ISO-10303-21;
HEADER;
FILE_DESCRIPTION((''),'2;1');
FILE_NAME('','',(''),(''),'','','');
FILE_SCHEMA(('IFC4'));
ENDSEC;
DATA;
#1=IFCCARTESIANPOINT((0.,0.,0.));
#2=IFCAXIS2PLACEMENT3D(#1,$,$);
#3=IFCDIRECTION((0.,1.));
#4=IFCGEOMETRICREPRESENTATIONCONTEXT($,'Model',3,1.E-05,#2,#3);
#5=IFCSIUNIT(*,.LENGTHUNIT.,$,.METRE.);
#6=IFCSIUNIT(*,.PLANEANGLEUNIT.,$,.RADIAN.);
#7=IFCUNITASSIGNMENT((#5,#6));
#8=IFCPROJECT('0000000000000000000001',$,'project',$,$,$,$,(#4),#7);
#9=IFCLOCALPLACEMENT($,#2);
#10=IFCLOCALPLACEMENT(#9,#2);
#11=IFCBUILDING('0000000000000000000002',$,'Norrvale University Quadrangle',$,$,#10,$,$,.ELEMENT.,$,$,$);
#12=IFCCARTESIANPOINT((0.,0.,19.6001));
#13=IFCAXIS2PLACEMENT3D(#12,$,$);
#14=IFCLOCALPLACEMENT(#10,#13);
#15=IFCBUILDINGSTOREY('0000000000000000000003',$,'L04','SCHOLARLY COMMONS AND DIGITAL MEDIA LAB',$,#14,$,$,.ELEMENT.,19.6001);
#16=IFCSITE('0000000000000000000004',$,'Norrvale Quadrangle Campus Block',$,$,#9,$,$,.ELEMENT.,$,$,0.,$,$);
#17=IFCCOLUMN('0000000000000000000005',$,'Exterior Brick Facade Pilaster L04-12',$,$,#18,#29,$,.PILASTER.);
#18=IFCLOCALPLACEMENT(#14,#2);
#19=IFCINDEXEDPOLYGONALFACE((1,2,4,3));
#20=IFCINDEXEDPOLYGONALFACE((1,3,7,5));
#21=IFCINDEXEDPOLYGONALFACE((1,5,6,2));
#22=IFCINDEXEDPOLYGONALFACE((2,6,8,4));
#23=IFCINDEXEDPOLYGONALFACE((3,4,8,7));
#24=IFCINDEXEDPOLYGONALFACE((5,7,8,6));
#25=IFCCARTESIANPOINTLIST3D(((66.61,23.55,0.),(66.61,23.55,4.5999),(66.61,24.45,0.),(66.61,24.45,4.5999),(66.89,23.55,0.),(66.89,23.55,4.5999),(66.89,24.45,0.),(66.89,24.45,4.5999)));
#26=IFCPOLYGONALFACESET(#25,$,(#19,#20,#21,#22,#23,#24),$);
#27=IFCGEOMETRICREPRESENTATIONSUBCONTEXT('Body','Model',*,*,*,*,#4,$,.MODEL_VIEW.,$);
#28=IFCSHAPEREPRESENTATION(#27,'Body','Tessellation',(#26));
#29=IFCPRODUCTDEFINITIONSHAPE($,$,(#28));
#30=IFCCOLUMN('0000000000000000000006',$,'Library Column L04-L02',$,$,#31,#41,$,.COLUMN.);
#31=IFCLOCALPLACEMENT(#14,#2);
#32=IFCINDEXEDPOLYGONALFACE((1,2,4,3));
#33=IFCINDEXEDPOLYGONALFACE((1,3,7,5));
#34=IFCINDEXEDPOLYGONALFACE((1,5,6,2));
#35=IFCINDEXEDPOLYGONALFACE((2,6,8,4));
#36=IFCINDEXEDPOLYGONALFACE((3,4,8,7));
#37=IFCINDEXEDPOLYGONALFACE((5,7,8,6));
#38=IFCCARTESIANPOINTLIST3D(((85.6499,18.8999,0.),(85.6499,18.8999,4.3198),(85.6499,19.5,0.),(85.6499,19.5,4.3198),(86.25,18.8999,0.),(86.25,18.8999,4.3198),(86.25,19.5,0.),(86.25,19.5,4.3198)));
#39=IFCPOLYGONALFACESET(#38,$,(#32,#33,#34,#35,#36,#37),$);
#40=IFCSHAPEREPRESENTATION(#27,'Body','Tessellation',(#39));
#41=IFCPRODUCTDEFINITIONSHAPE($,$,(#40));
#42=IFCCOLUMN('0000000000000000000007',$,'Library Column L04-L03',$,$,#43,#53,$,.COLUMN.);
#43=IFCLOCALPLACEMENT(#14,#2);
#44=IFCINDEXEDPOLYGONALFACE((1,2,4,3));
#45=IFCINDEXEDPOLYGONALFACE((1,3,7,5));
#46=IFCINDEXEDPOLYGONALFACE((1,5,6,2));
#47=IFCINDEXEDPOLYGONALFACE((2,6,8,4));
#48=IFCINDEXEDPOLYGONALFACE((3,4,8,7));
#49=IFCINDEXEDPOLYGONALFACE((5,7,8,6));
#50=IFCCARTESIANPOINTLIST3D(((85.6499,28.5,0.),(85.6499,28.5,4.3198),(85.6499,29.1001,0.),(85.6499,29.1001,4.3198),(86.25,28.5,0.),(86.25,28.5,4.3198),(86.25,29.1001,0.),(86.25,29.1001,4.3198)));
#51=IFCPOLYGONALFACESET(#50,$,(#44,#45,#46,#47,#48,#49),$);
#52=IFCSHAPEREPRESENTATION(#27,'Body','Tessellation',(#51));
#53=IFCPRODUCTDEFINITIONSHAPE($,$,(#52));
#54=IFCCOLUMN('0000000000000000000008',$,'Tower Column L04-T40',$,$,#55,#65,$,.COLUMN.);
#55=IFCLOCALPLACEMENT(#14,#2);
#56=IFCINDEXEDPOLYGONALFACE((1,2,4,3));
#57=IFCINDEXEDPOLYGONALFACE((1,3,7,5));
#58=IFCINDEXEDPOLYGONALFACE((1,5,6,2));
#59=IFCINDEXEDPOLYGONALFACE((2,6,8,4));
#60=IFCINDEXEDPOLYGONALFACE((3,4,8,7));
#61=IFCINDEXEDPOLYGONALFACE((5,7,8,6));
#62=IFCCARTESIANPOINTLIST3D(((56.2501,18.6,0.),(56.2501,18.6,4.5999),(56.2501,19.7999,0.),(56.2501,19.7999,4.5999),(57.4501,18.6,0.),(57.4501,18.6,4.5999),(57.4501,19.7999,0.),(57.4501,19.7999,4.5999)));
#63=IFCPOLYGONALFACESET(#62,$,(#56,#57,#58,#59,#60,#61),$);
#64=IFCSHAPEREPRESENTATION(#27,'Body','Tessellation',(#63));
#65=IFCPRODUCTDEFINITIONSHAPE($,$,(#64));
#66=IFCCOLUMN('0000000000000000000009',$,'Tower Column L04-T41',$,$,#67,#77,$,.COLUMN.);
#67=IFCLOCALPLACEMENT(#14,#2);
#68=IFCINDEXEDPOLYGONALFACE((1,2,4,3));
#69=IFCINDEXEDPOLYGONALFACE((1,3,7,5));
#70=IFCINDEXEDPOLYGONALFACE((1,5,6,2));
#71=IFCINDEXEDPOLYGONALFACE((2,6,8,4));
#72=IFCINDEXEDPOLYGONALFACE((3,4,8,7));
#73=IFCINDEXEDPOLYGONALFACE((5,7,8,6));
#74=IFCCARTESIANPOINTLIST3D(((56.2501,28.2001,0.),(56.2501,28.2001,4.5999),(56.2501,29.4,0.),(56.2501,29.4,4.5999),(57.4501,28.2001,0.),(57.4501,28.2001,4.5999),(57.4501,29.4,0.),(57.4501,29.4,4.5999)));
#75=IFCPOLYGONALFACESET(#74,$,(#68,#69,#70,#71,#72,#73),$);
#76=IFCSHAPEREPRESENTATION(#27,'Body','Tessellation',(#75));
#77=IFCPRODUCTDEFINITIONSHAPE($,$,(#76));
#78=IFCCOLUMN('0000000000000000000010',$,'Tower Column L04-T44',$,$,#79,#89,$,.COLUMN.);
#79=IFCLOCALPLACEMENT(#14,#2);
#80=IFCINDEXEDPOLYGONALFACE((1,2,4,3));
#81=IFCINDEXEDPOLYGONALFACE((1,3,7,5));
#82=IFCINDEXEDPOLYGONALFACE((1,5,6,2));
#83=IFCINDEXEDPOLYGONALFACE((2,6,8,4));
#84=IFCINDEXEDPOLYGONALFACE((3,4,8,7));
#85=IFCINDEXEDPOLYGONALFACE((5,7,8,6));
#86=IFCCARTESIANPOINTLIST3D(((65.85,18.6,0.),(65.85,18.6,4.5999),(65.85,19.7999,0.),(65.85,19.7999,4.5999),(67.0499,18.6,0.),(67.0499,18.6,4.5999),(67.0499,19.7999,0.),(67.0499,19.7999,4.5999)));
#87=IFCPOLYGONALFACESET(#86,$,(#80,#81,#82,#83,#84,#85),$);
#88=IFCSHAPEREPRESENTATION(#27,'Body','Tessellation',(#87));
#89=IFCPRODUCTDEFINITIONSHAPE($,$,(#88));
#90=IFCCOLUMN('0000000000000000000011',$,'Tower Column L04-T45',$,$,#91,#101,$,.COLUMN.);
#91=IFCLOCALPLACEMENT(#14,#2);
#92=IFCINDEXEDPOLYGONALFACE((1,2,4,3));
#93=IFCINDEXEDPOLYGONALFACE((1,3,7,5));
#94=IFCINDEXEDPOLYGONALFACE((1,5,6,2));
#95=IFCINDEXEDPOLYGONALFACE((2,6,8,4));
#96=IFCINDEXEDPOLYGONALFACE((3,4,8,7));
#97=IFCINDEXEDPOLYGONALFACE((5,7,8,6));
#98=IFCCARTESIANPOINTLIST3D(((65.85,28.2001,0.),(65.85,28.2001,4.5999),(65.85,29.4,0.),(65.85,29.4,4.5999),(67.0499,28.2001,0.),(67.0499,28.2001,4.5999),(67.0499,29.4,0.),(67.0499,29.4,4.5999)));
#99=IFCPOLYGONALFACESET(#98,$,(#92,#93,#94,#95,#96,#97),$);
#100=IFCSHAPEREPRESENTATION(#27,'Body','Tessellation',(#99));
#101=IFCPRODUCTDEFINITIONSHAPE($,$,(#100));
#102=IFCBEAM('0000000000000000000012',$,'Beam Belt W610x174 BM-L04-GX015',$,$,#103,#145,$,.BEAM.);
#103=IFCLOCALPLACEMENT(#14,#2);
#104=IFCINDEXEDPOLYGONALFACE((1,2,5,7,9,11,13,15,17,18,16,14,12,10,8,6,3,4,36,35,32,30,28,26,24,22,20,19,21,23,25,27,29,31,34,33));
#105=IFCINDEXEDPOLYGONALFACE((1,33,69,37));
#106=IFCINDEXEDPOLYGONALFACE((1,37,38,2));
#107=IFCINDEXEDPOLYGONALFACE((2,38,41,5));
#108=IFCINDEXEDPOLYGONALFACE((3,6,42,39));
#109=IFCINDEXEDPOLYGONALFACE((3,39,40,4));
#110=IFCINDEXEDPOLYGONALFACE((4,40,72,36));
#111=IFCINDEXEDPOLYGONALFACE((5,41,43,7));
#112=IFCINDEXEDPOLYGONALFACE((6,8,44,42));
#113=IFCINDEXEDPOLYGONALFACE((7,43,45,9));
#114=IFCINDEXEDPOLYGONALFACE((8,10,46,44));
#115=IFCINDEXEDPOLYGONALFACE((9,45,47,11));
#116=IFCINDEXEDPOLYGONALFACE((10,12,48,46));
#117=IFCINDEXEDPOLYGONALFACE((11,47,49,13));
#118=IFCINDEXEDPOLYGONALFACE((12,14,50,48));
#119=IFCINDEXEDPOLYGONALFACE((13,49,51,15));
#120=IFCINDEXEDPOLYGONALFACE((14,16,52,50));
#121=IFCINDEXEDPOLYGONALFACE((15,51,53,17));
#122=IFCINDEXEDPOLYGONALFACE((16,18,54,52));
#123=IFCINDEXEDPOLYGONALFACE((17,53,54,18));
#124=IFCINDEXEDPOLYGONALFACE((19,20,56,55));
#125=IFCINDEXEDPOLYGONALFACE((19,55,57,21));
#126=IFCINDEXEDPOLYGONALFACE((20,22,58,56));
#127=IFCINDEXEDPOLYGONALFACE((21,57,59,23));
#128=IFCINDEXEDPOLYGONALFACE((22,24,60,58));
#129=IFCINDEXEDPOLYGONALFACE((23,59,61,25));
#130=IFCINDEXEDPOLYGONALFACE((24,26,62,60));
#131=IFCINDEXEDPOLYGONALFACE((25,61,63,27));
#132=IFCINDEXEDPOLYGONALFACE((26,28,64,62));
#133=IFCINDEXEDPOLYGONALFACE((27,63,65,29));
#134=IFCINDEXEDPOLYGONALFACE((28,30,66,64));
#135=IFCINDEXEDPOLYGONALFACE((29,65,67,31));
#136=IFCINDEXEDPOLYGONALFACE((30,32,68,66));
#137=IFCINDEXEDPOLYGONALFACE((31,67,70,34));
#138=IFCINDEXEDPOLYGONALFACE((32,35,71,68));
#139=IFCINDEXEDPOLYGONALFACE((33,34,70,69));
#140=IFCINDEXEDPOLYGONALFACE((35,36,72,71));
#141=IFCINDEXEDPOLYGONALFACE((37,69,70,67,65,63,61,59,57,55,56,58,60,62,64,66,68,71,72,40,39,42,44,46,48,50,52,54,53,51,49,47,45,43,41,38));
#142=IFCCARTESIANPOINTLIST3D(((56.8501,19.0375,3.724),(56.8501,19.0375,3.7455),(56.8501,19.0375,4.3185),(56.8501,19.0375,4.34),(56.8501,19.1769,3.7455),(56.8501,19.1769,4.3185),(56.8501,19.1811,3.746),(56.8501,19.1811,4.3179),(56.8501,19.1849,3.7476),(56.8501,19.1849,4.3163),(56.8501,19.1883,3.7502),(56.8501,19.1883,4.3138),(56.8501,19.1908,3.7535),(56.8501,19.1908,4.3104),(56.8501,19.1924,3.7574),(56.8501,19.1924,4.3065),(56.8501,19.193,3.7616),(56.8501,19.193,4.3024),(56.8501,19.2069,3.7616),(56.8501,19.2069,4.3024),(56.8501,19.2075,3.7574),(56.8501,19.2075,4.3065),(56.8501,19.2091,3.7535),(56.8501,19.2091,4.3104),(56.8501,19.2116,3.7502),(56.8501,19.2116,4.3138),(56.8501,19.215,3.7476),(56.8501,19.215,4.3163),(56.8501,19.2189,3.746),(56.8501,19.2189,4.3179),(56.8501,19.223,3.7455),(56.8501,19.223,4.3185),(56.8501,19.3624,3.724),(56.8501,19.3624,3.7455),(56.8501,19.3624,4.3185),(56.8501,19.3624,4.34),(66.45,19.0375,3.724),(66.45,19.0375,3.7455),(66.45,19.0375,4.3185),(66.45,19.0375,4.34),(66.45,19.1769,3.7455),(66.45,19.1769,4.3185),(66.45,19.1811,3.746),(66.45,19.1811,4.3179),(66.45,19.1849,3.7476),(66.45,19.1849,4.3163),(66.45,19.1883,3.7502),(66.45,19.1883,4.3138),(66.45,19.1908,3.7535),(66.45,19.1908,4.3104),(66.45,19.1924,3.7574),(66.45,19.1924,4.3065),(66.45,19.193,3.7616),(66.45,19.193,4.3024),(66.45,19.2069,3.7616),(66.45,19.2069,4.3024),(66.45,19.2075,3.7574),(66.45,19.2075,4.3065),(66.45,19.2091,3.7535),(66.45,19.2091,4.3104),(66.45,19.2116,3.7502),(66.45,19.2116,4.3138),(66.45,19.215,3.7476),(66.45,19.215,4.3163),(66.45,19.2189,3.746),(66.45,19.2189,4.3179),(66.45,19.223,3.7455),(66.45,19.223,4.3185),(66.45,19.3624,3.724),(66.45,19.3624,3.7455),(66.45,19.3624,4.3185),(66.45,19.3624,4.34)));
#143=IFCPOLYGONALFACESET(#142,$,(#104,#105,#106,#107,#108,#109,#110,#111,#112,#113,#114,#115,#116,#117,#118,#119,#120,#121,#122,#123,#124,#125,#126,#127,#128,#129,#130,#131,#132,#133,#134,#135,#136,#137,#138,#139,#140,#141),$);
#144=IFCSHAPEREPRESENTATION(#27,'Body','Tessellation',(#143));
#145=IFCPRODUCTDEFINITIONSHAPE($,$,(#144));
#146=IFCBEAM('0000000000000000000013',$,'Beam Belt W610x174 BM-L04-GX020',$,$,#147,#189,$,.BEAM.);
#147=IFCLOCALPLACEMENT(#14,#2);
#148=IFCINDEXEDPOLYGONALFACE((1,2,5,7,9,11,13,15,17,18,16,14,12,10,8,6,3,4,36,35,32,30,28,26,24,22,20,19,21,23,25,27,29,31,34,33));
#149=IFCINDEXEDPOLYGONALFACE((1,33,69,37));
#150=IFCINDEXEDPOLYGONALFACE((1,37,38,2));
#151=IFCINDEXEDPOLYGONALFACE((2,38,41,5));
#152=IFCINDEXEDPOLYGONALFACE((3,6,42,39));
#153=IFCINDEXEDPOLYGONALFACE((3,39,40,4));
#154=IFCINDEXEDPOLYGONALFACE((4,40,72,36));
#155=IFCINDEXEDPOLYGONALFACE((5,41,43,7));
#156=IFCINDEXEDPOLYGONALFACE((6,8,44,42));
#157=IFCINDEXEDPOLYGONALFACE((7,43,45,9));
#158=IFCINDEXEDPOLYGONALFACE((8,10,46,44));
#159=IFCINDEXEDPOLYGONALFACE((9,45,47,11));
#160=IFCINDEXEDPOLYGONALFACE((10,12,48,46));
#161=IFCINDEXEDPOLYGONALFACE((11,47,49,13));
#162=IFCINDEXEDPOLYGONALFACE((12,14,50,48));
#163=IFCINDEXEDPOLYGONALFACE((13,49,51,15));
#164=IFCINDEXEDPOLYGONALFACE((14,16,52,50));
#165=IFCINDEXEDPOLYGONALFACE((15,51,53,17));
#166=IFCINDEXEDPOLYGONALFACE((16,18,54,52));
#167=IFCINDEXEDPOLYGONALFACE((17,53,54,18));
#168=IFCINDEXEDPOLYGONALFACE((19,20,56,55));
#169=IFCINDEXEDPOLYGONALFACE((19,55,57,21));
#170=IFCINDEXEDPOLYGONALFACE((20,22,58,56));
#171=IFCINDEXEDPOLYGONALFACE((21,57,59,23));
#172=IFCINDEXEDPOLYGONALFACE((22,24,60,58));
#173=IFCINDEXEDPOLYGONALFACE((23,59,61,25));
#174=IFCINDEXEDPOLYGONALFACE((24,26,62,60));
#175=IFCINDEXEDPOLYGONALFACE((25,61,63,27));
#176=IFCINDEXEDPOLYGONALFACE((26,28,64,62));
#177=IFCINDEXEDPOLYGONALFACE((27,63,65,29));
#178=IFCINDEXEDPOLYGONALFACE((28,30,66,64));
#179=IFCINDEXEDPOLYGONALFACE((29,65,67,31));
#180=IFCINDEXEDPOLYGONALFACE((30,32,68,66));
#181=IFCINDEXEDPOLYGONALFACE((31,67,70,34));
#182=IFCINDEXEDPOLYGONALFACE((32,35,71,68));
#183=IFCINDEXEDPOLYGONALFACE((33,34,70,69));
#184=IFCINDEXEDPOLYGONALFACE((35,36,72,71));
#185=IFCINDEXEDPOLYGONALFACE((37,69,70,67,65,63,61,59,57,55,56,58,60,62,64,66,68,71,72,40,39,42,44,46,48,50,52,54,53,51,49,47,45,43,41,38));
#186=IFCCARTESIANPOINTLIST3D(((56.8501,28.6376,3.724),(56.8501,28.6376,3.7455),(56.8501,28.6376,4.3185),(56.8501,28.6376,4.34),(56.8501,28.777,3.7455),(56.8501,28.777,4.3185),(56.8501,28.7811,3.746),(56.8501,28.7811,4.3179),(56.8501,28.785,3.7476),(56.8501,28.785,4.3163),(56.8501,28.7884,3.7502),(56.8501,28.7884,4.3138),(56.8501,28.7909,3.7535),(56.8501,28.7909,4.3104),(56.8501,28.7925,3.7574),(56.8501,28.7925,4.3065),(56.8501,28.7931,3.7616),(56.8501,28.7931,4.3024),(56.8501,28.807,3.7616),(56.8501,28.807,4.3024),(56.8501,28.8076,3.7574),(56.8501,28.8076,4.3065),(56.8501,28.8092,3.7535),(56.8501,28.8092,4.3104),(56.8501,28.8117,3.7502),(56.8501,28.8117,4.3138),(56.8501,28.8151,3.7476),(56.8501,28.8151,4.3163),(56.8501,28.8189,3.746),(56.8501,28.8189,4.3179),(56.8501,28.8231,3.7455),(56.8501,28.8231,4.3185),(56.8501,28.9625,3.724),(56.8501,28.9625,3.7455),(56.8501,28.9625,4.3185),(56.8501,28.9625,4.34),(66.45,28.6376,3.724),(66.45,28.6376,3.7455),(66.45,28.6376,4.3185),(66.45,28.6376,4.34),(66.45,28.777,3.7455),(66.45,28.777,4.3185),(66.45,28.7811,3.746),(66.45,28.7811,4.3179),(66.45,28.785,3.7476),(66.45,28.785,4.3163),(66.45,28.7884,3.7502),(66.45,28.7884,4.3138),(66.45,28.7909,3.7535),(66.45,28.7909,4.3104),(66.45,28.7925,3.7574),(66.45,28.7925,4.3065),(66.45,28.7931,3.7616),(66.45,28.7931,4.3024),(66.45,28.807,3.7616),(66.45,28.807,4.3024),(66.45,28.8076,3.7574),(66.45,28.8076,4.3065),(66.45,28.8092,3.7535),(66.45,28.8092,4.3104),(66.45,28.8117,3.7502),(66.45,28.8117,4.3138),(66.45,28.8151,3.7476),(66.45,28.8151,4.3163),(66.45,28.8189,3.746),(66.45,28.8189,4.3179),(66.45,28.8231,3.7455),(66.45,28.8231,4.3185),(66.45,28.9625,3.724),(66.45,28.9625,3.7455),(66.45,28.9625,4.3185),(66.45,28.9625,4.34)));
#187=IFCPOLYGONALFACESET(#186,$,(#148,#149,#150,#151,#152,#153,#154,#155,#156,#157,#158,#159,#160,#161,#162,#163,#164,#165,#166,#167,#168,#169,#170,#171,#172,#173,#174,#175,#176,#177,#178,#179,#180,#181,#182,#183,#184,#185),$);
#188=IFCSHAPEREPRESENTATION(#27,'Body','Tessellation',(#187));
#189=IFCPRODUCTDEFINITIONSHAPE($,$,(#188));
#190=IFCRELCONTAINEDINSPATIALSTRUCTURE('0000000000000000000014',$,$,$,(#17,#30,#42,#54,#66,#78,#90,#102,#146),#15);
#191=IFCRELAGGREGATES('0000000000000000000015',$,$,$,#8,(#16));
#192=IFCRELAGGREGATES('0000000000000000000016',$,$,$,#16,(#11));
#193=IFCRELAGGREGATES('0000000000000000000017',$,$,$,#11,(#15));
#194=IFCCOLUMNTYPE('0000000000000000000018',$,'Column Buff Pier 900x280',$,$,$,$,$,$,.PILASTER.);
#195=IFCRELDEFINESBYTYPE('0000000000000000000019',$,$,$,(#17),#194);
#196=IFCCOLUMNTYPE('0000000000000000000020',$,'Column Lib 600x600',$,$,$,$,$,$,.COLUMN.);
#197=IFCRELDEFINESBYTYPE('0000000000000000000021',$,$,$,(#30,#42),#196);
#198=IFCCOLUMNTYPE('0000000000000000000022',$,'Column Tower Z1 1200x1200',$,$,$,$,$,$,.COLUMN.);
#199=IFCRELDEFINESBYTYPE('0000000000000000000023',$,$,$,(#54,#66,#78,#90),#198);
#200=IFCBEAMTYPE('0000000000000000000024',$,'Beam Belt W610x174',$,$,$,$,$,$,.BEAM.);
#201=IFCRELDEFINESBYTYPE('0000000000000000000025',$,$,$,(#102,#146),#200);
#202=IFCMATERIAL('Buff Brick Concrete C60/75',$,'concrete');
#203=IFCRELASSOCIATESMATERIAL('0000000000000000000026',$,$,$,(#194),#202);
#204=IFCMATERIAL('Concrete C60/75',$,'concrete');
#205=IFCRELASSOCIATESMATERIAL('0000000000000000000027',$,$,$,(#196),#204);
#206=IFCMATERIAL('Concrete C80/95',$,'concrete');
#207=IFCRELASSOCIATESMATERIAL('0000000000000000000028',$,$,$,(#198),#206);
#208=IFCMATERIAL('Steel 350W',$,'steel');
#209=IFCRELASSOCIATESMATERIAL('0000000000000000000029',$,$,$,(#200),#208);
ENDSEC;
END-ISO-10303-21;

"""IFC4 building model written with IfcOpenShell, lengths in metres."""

from ifc_helpers import new_model, si_unit, direction, frame, origin, origin_2d, place, context, subcontext, project, spatial, rectangle, i_section, extrude, material, material_profile, profile_set, type_object, element, save


model = new_model("IFC4")

# Units and contexts
model_context = context("Model", 3, precision=1e-05, world=origin(), true_north=direction((0.0, 1.0)))
body_context = subcontext(model_context, "Body", "Model", "MODEL_VIEW")
ifc_project = project(units=[si_unit("LENGTHUNIT", "METRE"), si_unit("PLANEANGLEUNIT", "RADIAN")], contexts=[model_context])

# Site, building, storey
site_placement = place(None, origin())
site = spatial("IfcSite", under=ifc_project, at=site_placement, Name="Norrvale Quadrangle Campus Block", CompositionType="ELEMENT", RefElevation=0.0)
building_placement = place(site_placement, origin())
building = spatial("IfcBuilding", under=site, at=building_placement, Name="Norrvale University Quadrangle", CompositionType="ELEMENT")
storey_placement = place(building_placement, frame((0.0, 0.0, 19.6001)))
storey = spatial("IfcBuildingStorey", under=building, at=storey_placement, Name="L04", Description="SCHOLARLY COMMONS AND DIGITAL MEDIA LAB", CompositionType="ELEMENT", Elevation=19.6001)

# Columns
ifc_material_1 = material(Name="Buff Brick Concrete C60/75", Category="concrete")
ifc_material_profile_1 = material_profile(ifc_material_1, rectangle(XDim=0.8999, YDim=0.28, at=origin_2d()), Name="Buff Brick Concrete C60/75")
ifc_profile_set_1 = profile_set([ifc_material_profile_1], Name="Buff Brick Concrete C60/75")
column_type_1 = type_object("IfcColumnType", Name="Column Buff Pier 900x280", PredefinedType="PILASTER", material=ifc_profile_set_1)
column_placement = place(storey_placement, frame((66.75, 24.0, 0.0), z_axis=(0.0, 0.0, 1.0), x_axis=(0.0, 1.0, 0.0)))
element("IfcColumn", 1, at=column_placement, inside=storey, type_object=column_type_1, Name="Exterior Brick Facade Pilaster L04-12", PredefinedType="PILASTER", context=body_context, shape_type="SweptSolid", body=[
    extrude(rectangle(XDim=0.8999, YDim=0.28, at=origin_2d()), origin(), (0.0, 0.0, 1.0), 4.5999),
])
ifc_material_2 = material(Name="Concrete C60/75", Category="concrete")
ifc_material_profile_2 = material_profile(ifc_material_2, rectangle(XDim=0.6001, YDim=0.6001, at=origin_2d()), Name="Concrete C60/75")
ifc_profile_set_2 = profile_set([ifc_material_profile_2], Name="Concrete C60/75")
column_type_2 = type_object("IfcColumnType", Name="Column Lib 600x600", PredefinedType="COLUMN", material=ifc_profile_set_2)
for number, where, z_axis, x_axis, name in (
    (2, (85.95, 19.2, 0.0), (0.0, 0.0, 1.0), (1.0, 0.0, 0.0), "Library Column L04-L02"),
    (3, (85.95, 28.8, 0.0), (0.0, 0.0, 1.0), (1.0, 0.0, 0.0), "Library Column L04-L03"),
):
    element("IfcColumn", number, at=place(storey_placement, frame(where, z_axis=z_axis, x_axis=x_axis)), inside=storey, type_object=column_type_2, Name=name, PredefinedType="COLUMN", context=body_context, shape_type="SweptSolid", body=[
        extrude(rectangle(XDim=0.6001, YDim=0.6001, at=origin_2d()), origin(), (0.0, 0.0, 1.0), 4.3198),
    ])
ifc_material_3 = material(Name="Concrete C80/95", Category="concrete")
ifc_material_profile_3 = material_profile(ifc_material_3, rectangle(XDim=1.2, YDim=1.2, at=origin_2d()), Name="Concrete C80/95")
ifc_profile_set_3 = profile_set([ifc_material_profile_3], Name="Concrete C80/95")
column_type_3 = type_object("IfcColumnType", Name="Column Tower Z1 1200x1200", PredefinedType="COLUMN", material=ifc_profile_set_3)
for number, where, z_axis, x_axis, name in (
    (4, (56.8501, 19.2, 0.0), (0.0, 0.0, 1.0), (1.0, 0.0, 0.0), "Tower Column L04-T40"),
    (5, (56.8501, 28.8, 0.0), (0.0, 0.0, 1.0), (1.0, 0.0, 0.0), "Tower Column L04-T41"),
    (6, (66.45, 19.2, 0.0), (0.0, 0.0, 1.0), (1.0, 0.0, 0.0), "Tower Column L04-T44"),
    (7, (66.45, 28.8, 0.0), (0.0, 0.0, 1.0), (1.0, 0.0, 0.0), "Tower Column L04-T45"),
):
    element("IfcColumn", number, at=place(storey_placement, frame(where, z_axis=z_axis, x_axis=x_axis)), inside=storey, type_object=column_type_3, Name=name, PredefinedType="COLUMN", context=body_context, shape_type="SweptSolid", body=[
        extrude(rectangle(XDim=1.2, YDim=1.2, at=origin_2d()), origin(), (0.0, 0.0, 1.0), 4.5999),
    ])

# Beams
ifc_material_4 = material(Name="Steel 350W", Category="steel")
ifc_material_profile_4 = material_profile(ifc_material_4, i_section(OverallWidth=0.325, OverallDepth=0.616, WebThickness=0.0139, FlangeThickness=0.0215, FilletRadius=0.0161, at=origin_2d()), Name="Steel 350W")
ifc_profile_set_4 = profile_set([ifc_material_profile_4], Name="Steel 350W")
beam_type_1 = type_object("IfcBeamType", Name="Beam Belt W610x174", PredefinedType="BEAM", material=ifc_profile_set_4)
for number, where, z_axis, x_axis, name in (
    (8, (56.8501, 19.2, 4.032), (1.0, 0.0, 0.0), (0.0, 1.0, 0.0), "Beam Belt W610x174 BM-L04-GX015"),
    (9, (56.8501, 28.8, 4.032), (1.0, 0.0, 0.0), (0.0, 1.0, 0.0), "Beam Belt W610x174 BM-L04-GX020"),
):
    element("IfcBeam", number, at=place(storey_placement, frame(where, z_axis=z_axis, x_axis=x_axis)), inside=storey, type_object=beam_type_1, Name=name, PredefinedType="BEAM", context=body_context, shape_type="SweptSolid", body=[
        extrude(i_section(OverallWidth=0.325, OverallDepth=0.616, WebThickness=0.0139, FlangeThickness=0.0215, FilletRadius=0.0161, at=origin_2d()), origin(), (0.0, 0.0, 1.0), 9.5999),
    ])

save(model, "model.ifc")
